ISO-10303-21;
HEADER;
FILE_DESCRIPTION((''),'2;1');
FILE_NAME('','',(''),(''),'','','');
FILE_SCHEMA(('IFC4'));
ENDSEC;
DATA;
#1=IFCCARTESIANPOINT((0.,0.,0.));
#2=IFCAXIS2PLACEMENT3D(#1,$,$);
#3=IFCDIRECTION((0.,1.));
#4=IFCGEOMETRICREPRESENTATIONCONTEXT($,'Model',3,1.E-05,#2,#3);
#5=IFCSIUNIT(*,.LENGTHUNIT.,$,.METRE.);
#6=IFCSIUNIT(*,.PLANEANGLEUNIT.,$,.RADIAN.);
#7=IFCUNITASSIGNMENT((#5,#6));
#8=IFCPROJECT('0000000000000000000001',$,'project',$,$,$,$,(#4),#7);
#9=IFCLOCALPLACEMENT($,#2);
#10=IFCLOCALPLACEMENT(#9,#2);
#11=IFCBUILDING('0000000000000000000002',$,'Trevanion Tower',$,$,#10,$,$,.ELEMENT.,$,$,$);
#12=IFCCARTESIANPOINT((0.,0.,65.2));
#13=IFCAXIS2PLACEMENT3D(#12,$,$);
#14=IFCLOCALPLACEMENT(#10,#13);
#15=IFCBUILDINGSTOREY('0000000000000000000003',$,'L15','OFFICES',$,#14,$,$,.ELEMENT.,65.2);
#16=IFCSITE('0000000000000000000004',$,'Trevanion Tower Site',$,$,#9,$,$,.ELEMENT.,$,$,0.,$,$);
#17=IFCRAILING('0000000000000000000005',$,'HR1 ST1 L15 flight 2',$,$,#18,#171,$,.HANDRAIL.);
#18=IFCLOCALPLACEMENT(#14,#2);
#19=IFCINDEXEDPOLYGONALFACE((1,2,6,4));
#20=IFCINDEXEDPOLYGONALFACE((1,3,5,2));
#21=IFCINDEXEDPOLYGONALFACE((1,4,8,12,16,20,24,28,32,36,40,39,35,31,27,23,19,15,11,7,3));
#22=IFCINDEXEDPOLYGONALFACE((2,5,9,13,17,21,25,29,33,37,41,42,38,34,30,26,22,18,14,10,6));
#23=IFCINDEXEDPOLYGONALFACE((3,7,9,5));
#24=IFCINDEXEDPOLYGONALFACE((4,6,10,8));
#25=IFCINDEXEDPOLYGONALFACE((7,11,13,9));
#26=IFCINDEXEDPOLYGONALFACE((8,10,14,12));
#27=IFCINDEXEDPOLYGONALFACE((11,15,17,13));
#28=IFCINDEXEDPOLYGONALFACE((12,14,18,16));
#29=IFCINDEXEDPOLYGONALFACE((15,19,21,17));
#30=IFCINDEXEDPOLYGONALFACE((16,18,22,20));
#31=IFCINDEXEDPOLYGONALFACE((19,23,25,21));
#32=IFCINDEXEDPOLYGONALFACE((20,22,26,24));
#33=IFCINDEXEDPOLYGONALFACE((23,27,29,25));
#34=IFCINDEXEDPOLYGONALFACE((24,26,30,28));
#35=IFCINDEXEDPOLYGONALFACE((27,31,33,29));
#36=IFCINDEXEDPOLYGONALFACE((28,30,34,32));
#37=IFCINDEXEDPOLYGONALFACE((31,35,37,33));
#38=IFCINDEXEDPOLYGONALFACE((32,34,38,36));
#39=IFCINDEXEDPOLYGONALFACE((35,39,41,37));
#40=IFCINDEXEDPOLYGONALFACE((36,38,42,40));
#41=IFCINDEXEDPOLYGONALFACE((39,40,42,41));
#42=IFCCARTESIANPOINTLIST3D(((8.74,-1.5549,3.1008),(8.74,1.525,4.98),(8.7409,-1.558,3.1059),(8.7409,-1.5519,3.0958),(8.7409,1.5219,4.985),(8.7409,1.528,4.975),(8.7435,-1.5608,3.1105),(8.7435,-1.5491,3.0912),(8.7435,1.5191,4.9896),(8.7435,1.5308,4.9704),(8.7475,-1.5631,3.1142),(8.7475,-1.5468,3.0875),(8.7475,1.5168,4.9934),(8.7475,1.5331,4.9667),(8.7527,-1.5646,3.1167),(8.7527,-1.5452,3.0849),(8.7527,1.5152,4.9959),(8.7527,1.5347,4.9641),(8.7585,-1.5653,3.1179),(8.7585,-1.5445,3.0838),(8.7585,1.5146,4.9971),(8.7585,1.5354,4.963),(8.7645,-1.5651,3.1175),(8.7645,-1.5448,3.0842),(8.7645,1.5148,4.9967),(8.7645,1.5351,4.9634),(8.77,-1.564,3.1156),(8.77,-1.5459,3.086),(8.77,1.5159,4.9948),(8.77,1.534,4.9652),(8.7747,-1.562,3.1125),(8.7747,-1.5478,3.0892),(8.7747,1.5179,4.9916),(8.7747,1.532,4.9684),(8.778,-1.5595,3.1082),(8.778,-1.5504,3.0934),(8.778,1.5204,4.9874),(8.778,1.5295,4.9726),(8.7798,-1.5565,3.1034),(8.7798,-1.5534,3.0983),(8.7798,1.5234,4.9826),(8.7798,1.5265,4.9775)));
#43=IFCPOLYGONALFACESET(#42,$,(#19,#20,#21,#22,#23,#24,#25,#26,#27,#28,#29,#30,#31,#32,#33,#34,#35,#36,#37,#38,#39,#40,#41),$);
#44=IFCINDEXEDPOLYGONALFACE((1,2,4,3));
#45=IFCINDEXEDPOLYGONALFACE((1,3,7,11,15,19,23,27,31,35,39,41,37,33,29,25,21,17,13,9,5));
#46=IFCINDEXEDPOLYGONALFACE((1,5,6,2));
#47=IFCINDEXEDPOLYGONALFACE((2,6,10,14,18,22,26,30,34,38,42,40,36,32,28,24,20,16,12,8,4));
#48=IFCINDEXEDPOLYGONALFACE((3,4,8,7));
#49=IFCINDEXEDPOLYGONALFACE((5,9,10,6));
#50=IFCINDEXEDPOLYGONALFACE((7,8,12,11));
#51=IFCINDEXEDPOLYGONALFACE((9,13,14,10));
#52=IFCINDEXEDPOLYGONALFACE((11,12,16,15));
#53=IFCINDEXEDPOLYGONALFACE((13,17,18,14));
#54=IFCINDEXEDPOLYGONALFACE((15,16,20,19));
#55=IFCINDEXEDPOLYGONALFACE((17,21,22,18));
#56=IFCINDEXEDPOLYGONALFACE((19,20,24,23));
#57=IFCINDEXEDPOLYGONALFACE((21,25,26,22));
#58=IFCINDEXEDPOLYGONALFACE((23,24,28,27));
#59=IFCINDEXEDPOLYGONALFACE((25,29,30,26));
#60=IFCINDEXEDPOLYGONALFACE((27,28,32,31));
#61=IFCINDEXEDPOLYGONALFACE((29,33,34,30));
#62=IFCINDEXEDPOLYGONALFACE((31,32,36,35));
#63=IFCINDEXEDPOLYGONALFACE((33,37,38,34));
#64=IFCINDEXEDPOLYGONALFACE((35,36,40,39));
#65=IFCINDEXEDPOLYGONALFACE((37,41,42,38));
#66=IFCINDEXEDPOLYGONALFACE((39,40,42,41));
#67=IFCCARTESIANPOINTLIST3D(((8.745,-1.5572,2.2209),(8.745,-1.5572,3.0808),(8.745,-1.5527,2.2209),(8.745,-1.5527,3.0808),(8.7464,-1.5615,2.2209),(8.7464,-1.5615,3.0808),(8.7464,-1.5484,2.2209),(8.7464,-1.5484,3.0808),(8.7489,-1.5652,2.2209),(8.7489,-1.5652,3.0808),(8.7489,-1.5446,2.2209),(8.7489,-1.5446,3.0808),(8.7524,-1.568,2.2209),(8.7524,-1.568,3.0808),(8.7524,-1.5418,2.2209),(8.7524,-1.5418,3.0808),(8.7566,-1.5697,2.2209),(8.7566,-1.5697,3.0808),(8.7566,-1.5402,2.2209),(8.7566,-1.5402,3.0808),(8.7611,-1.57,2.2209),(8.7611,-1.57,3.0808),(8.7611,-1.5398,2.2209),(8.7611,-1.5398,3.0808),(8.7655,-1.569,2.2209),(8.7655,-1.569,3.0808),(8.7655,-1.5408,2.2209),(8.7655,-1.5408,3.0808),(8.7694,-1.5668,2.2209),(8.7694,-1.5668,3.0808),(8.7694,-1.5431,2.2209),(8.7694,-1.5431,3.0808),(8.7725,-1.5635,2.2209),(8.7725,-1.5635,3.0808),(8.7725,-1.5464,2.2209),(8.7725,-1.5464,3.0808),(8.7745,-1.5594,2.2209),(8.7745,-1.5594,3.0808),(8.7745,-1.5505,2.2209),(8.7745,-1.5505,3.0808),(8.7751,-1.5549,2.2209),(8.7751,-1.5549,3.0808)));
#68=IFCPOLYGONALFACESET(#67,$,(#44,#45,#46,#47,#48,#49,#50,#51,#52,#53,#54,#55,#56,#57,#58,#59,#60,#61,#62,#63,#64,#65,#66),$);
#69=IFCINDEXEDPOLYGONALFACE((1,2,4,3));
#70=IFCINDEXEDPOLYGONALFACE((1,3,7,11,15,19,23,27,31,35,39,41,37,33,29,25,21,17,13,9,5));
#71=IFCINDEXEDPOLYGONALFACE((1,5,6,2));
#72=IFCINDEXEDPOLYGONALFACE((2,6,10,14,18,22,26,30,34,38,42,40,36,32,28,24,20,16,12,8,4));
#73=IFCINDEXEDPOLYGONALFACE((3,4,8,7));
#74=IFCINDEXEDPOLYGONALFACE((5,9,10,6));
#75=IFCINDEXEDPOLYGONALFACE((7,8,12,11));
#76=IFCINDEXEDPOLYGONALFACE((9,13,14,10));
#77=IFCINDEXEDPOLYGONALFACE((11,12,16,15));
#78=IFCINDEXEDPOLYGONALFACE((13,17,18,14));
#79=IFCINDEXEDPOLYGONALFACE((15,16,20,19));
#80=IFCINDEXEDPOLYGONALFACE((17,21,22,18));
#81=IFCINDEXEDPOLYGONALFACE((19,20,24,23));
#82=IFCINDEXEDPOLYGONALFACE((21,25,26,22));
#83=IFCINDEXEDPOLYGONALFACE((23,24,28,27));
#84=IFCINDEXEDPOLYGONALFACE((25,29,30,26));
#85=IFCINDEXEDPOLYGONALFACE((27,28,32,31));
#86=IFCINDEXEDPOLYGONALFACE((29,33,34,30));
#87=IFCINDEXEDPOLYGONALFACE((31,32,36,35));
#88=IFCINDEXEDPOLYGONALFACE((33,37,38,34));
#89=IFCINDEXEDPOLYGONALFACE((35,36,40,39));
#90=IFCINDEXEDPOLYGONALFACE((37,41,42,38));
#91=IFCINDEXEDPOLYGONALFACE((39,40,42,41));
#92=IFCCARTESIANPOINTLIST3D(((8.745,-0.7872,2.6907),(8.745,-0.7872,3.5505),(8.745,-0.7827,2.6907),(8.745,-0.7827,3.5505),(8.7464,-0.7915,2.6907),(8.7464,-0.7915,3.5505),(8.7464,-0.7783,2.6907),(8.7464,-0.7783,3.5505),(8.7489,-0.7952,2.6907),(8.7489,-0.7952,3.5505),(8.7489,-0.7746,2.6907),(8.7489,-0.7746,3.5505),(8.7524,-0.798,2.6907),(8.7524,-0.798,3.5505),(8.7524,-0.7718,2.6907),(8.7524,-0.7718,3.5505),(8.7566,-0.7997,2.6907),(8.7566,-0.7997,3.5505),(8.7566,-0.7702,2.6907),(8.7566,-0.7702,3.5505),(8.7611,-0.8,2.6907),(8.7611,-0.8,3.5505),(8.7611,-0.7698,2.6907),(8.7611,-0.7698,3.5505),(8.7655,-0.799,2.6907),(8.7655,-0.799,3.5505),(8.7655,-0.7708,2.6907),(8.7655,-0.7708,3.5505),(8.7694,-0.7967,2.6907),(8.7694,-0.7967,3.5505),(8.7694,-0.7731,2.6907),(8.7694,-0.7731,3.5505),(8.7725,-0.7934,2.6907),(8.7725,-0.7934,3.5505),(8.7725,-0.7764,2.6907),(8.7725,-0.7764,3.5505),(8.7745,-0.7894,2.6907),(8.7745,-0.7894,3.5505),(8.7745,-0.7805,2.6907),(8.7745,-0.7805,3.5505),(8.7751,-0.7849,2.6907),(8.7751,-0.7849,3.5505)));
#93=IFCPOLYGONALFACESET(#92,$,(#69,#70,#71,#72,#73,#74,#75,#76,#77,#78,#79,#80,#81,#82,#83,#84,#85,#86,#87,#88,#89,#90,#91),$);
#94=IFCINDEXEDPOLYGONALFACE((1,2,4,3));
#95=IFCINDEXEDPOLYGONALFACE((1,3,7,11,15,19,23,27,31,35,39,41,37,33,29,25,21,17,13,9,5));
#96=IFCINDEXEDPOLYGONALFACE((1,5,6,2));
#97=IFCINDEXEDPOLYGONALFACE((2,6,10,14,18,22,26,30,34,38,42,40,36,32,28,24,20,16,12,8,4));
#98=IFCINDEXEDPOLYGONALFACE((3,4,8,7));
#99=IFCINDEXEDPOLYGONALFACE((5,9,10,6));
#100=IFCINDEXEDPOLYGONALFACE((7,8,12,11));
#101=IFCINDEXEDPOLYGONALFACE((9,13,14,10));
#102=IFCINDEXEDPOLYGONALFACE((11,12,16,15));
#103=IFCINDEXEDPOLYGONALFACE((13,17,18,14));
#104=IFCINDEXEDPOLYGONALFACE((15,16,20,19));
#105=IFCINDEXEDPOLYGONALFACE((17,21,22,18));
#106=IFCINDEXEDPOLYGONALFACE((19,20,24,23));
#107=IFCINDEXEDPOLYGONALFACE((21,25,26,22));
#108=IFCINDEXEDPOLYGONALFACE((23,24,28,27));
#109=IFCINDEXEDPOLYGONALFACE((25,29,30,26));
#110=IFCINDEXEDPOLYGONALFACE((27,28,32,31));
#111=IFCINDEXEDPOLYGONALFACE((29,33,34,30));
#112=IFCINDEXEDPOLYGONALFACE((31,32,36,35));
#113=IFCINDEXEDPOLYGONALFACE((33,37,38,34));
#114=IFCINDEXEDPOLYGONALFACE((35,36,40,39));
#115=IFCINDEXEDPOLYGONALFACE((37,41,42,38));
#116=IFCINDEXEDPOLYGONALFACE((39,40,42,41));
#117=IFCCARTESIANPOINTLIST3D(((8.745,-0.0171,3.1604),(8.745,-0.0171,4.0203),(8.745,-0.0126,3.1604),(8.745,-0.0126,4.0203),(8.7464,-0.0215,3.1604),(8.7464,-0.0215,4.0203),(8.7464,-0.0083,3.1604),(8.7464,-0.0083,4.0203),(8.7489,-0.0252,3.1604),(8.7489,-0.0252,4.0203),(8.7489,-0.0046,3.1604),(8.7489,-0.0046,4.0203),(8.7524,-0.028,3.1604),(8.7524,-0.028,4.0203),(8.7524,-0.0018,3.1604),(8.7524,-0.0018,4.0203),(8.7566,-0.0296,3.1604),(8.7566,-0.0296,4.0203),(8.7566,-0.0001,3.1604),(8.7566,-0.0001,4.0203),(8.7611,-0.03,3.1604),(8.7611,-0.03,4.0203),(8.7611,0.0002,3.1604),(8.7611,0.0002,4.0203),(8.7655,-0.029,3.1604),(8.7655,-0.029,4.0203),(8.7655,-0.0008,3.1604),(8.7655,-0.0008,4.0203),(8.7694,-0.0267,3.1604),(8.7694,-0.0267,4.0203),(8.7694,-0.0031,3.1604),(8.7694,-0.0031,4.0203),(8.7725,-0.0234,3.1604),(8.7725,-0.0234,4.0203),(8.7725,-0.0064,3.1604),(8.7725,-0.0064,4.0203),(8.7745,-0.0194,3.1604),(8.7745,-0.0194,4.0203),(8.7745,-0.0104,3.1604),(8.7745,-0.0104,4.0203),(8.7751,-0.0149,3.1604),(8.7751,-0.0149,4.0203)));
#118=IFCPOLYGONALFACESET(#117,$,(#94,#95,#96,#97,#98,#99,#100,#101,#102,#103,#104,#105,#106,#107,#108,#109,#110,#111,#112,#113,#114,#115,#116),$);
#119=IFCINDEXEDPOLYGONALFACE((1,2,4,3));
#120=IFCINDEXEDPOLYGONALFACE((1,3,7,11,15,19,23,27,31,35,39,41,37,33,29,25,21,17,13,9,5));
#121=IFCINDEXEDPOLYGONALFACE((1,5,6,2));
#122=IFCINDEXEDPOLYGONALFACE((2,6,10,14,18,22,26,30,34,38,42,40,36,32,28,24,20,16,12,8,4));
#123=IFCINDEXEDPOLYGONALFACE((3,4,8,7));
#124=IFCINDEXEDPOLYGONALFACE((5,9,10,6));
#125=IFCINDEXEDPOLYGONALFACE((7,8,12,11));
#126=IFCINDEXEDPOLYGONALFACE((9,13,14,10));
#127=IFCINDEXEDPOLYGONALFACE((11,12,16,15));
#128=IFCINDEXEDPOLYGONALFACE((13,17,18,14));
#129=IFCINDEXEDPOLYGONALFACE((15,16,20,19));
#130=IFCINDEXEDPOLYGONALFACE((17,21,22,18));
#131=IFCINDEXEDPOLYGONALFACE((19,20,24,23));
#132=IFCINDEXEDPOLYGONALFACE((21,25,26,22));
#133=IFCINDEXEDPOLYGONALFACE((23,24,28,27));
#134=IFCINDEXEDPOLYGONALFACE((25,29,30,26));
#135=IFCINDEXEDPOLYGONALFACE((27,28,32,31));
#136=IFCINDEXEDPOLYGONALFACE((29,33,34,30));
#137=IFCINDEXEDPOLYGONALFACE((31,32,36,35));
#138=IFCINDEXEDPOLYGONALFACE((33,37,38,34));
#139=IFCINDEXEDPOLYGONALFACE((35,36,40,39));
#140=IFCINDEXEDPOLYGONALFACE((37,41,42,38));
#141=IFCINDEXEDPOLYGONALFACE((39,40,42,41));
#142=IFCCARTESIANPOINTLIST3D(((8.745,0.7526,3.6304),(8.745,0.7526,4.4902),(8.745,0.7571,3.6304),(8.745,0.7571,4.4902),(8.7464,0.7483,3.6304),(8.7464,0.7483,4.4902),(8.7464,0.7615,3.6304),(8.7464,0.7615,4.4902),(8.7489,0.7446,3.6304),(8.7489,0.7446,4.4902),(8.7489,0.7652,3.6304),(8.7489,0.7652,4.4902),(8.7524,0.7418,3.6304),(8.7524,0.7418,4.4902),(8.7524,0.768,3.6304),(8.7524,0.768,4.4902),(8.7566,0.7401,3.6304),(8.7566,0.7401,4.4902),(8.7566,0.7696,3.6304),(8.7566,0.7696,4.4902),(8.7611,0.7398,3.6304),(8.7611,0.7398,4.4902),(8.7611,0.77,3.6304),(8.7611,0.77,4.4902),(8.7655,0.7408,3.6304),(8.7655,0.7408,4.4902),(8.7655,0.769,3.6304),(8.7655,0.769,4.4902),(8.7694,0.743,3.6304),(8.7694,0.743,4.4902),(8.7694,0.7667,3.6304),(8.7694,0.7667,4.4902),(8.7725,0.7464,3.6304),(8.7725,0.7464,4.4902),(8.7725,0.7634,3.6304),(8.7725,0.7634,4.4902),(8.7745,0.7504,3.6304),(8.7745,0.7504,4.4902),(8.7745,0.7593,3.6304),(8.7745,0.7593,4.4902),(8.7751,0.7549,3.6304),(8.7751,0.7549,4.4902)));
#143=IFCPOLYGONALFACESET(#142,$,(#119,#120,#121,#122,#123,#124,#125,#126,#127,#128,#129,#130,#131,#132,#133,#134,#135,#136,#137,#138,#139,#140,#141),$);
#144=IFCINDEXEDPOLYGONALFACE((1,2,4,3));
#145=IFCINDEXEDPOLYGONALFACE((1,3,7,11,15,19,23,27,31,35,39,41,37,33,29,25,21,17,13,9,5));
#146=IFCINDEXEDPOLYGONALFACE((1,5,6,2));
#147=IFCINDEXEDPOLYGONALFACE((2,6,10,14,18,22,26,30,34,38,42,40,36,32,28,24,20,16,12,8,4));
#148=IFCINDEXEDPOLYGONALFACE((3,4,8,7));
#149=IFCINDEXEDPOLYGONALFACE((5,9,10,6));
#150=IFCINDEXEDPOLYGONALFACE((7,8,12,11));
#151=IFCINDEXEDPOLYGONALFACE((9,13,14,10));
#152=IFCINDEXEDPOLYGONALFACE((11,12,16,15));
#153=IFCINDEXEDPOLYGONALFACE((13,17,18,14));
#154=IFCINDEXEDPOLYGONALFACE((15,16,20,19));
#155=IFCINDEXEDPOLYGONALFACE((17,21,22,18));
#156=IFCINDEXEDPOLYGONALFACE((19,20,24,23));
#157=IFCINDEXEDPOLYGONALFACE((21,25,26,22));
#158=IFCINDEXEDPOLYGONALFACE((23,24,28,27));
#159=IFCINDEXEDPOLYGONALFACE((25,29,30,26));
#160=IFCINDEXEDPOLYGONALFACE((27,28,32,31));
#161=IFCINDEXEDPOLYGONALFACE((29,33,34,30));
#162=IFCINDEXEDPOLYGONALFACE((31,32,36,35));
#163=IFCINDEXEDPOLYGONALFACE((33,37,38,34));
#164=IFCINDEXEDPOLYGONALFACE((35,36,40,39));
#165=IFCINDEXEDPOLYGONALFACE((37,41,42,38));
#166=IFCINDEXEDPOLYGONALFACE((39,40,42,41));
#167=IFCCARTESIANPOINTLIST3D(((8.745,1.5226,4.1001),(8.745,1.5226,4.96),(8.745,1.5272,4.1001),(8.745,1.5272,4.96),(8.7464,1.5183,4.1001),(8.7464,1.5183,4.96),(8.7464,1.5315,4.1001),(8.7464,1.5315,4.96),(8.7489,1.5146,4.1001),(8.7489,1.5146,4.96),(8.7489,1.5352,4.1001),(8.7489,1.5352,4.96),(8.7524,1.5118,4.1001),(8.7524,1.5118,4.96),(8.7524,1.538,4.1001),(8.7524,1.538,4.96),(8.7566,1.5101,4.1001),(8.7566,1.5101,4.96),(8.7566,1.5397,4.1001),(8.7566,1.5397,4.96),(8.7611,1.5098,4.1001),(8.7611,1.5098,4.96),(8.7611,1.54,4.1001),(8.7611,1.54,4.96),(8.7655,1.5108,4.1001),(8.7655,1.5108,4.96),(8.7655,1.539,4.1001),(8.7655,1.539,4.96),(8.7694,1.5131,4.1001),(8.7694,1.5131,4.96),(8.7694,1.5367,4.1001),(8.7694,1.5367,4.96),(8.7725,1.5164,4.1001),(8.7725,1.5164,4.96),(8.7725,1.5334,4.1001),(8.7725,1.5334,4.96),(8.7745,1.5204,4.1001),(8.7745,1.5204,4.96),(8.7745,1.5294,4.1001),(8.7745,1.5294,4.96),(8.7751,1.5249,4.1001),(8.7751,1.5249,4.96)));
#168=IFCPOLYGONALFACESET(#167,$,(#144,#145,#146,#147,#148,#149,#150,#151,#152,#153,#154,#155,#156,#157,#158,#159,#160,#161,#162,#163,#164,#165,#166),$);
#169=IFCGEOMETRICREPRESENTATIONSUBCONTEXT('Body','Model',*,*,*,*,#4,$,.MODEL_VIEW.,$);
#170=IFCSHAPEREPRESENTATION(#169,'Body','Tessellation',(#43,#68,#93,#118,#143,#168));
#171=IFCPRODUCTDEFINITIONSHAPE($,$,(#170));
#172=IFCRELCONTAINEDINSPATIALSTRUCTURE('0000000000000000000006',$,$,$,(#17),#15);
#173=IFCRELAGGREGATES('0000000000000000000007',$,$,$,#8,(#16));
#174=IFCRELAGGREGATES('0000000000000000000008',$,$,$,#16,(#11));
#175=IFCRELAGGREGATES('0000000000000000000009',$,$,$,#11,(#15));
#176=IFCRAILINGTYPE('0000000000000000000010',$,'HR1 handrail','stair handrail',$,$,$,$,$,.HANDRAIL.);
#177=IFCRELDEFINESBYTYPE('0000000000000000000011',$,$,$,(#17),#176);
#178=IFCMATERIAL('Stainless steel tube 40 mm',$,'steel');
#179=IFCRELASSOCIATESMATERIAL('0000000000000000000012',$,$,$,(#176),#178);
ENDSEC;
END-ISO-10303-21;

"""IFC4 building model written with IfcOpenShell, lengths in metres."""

from ifc_helpers import new_model, si_unit, direction, frame, origin, origin_2d, place, context, subcontext, project, spatial, circle, extrude, material, type_object, element, save


model = new_model("IFC4")

# Units and contexts
model_context = context("Model", 3, precision=1e-05, world=origin(), true_north=direction((0.0, 1.0)))
body_context = subcontext(model_context, "Body", "Model", "MODEL_VIEW")
ifc_project = project(units=[si_unit("LENGTHUNIT", "METRE"), si_unit("PLANEANGLEUNIT", "RADIAN")], contexts=[model_context])

# Site, building, storey
site_placement = place(None, origin())
site = spatial("IfcSite", under=ifc_project, at=site_placement, Name="Trevanion Tower Site", CompositionType="ELEMENT", RefElevation=0.0)
building_placement = place(site_placement, origin())
building = spatial("IfcBuilding", under=site, at=building_placement, Name="Trevanion Tower", CompositionType="ELEMENT")
storey_placement = place(building_placement, frame((0.0, 0.0, 65.2)))
storey = spatial("IfcBuildingStorey", under=building, at=storey_placement, Name="L15", Description="OFFICES", CompositionType="ELEMENT", Elevation=65.2)

# Railing
ifc_material_1 = material(Name="Stainless steel tube 40 mm", Category="steel")
railing_type = type_object("IfcRailingType", Name="HR1 handrail", Description="stair handrail", PredefinedType="HANDRAIL", material=ifc_material_1)
for number, where, name in (
    (1, (8.76, -1.5549, 2.2209), "HR1 ST1 L15 flight 2"),
):
    element("IfcRailing", number, at=place(storey_placement, frame(where)), inside=storey, type_object=railing_type, Name=name, PredefinedType="HANDRAIL", context=body_context, shape_type="SweptSolid", body=[
        extrude(circle(Radius=0.02, at=origin_2d()), frame((0.0, 0.0, 0.8799), z_axis=(0.0, 0.853648, 0.52085), x_axis=(-1.0, 0.0, 0.0)), (0.0, 0.0, 1.0), 3.6079),
        extrude(circle(Radius=0.0151, at=origin_2d()), origin(), (0.0, 0.0, 1.0), 0.8599),
        extrude(circle(Radius=0.0151, at=origin_2d()), frame((0.0, 0.77, 0.4697)), (0.0, 0.0, 1.0), 0.8599),
        extrude(circle(Radius=0.0151, at=origin_2d()), frame((0.0, 1.54, 0.9395)), (0.0, 0.0, 1.0), 0.8599),
        extrude(circle(Radius=0.0151, at=origin_2d()), frame((0.0, 2.3098, 1.4094)), (0.0, 0.0, 1.0), 0.8599),
        extrude(circle(Radius=0.0151, at=origin_2d()), frame((0.0, 3.0798, 1.8792)), (0.0, 0.0, 1.0), 0.8599),
    ])

save(model, "model.ifc")
